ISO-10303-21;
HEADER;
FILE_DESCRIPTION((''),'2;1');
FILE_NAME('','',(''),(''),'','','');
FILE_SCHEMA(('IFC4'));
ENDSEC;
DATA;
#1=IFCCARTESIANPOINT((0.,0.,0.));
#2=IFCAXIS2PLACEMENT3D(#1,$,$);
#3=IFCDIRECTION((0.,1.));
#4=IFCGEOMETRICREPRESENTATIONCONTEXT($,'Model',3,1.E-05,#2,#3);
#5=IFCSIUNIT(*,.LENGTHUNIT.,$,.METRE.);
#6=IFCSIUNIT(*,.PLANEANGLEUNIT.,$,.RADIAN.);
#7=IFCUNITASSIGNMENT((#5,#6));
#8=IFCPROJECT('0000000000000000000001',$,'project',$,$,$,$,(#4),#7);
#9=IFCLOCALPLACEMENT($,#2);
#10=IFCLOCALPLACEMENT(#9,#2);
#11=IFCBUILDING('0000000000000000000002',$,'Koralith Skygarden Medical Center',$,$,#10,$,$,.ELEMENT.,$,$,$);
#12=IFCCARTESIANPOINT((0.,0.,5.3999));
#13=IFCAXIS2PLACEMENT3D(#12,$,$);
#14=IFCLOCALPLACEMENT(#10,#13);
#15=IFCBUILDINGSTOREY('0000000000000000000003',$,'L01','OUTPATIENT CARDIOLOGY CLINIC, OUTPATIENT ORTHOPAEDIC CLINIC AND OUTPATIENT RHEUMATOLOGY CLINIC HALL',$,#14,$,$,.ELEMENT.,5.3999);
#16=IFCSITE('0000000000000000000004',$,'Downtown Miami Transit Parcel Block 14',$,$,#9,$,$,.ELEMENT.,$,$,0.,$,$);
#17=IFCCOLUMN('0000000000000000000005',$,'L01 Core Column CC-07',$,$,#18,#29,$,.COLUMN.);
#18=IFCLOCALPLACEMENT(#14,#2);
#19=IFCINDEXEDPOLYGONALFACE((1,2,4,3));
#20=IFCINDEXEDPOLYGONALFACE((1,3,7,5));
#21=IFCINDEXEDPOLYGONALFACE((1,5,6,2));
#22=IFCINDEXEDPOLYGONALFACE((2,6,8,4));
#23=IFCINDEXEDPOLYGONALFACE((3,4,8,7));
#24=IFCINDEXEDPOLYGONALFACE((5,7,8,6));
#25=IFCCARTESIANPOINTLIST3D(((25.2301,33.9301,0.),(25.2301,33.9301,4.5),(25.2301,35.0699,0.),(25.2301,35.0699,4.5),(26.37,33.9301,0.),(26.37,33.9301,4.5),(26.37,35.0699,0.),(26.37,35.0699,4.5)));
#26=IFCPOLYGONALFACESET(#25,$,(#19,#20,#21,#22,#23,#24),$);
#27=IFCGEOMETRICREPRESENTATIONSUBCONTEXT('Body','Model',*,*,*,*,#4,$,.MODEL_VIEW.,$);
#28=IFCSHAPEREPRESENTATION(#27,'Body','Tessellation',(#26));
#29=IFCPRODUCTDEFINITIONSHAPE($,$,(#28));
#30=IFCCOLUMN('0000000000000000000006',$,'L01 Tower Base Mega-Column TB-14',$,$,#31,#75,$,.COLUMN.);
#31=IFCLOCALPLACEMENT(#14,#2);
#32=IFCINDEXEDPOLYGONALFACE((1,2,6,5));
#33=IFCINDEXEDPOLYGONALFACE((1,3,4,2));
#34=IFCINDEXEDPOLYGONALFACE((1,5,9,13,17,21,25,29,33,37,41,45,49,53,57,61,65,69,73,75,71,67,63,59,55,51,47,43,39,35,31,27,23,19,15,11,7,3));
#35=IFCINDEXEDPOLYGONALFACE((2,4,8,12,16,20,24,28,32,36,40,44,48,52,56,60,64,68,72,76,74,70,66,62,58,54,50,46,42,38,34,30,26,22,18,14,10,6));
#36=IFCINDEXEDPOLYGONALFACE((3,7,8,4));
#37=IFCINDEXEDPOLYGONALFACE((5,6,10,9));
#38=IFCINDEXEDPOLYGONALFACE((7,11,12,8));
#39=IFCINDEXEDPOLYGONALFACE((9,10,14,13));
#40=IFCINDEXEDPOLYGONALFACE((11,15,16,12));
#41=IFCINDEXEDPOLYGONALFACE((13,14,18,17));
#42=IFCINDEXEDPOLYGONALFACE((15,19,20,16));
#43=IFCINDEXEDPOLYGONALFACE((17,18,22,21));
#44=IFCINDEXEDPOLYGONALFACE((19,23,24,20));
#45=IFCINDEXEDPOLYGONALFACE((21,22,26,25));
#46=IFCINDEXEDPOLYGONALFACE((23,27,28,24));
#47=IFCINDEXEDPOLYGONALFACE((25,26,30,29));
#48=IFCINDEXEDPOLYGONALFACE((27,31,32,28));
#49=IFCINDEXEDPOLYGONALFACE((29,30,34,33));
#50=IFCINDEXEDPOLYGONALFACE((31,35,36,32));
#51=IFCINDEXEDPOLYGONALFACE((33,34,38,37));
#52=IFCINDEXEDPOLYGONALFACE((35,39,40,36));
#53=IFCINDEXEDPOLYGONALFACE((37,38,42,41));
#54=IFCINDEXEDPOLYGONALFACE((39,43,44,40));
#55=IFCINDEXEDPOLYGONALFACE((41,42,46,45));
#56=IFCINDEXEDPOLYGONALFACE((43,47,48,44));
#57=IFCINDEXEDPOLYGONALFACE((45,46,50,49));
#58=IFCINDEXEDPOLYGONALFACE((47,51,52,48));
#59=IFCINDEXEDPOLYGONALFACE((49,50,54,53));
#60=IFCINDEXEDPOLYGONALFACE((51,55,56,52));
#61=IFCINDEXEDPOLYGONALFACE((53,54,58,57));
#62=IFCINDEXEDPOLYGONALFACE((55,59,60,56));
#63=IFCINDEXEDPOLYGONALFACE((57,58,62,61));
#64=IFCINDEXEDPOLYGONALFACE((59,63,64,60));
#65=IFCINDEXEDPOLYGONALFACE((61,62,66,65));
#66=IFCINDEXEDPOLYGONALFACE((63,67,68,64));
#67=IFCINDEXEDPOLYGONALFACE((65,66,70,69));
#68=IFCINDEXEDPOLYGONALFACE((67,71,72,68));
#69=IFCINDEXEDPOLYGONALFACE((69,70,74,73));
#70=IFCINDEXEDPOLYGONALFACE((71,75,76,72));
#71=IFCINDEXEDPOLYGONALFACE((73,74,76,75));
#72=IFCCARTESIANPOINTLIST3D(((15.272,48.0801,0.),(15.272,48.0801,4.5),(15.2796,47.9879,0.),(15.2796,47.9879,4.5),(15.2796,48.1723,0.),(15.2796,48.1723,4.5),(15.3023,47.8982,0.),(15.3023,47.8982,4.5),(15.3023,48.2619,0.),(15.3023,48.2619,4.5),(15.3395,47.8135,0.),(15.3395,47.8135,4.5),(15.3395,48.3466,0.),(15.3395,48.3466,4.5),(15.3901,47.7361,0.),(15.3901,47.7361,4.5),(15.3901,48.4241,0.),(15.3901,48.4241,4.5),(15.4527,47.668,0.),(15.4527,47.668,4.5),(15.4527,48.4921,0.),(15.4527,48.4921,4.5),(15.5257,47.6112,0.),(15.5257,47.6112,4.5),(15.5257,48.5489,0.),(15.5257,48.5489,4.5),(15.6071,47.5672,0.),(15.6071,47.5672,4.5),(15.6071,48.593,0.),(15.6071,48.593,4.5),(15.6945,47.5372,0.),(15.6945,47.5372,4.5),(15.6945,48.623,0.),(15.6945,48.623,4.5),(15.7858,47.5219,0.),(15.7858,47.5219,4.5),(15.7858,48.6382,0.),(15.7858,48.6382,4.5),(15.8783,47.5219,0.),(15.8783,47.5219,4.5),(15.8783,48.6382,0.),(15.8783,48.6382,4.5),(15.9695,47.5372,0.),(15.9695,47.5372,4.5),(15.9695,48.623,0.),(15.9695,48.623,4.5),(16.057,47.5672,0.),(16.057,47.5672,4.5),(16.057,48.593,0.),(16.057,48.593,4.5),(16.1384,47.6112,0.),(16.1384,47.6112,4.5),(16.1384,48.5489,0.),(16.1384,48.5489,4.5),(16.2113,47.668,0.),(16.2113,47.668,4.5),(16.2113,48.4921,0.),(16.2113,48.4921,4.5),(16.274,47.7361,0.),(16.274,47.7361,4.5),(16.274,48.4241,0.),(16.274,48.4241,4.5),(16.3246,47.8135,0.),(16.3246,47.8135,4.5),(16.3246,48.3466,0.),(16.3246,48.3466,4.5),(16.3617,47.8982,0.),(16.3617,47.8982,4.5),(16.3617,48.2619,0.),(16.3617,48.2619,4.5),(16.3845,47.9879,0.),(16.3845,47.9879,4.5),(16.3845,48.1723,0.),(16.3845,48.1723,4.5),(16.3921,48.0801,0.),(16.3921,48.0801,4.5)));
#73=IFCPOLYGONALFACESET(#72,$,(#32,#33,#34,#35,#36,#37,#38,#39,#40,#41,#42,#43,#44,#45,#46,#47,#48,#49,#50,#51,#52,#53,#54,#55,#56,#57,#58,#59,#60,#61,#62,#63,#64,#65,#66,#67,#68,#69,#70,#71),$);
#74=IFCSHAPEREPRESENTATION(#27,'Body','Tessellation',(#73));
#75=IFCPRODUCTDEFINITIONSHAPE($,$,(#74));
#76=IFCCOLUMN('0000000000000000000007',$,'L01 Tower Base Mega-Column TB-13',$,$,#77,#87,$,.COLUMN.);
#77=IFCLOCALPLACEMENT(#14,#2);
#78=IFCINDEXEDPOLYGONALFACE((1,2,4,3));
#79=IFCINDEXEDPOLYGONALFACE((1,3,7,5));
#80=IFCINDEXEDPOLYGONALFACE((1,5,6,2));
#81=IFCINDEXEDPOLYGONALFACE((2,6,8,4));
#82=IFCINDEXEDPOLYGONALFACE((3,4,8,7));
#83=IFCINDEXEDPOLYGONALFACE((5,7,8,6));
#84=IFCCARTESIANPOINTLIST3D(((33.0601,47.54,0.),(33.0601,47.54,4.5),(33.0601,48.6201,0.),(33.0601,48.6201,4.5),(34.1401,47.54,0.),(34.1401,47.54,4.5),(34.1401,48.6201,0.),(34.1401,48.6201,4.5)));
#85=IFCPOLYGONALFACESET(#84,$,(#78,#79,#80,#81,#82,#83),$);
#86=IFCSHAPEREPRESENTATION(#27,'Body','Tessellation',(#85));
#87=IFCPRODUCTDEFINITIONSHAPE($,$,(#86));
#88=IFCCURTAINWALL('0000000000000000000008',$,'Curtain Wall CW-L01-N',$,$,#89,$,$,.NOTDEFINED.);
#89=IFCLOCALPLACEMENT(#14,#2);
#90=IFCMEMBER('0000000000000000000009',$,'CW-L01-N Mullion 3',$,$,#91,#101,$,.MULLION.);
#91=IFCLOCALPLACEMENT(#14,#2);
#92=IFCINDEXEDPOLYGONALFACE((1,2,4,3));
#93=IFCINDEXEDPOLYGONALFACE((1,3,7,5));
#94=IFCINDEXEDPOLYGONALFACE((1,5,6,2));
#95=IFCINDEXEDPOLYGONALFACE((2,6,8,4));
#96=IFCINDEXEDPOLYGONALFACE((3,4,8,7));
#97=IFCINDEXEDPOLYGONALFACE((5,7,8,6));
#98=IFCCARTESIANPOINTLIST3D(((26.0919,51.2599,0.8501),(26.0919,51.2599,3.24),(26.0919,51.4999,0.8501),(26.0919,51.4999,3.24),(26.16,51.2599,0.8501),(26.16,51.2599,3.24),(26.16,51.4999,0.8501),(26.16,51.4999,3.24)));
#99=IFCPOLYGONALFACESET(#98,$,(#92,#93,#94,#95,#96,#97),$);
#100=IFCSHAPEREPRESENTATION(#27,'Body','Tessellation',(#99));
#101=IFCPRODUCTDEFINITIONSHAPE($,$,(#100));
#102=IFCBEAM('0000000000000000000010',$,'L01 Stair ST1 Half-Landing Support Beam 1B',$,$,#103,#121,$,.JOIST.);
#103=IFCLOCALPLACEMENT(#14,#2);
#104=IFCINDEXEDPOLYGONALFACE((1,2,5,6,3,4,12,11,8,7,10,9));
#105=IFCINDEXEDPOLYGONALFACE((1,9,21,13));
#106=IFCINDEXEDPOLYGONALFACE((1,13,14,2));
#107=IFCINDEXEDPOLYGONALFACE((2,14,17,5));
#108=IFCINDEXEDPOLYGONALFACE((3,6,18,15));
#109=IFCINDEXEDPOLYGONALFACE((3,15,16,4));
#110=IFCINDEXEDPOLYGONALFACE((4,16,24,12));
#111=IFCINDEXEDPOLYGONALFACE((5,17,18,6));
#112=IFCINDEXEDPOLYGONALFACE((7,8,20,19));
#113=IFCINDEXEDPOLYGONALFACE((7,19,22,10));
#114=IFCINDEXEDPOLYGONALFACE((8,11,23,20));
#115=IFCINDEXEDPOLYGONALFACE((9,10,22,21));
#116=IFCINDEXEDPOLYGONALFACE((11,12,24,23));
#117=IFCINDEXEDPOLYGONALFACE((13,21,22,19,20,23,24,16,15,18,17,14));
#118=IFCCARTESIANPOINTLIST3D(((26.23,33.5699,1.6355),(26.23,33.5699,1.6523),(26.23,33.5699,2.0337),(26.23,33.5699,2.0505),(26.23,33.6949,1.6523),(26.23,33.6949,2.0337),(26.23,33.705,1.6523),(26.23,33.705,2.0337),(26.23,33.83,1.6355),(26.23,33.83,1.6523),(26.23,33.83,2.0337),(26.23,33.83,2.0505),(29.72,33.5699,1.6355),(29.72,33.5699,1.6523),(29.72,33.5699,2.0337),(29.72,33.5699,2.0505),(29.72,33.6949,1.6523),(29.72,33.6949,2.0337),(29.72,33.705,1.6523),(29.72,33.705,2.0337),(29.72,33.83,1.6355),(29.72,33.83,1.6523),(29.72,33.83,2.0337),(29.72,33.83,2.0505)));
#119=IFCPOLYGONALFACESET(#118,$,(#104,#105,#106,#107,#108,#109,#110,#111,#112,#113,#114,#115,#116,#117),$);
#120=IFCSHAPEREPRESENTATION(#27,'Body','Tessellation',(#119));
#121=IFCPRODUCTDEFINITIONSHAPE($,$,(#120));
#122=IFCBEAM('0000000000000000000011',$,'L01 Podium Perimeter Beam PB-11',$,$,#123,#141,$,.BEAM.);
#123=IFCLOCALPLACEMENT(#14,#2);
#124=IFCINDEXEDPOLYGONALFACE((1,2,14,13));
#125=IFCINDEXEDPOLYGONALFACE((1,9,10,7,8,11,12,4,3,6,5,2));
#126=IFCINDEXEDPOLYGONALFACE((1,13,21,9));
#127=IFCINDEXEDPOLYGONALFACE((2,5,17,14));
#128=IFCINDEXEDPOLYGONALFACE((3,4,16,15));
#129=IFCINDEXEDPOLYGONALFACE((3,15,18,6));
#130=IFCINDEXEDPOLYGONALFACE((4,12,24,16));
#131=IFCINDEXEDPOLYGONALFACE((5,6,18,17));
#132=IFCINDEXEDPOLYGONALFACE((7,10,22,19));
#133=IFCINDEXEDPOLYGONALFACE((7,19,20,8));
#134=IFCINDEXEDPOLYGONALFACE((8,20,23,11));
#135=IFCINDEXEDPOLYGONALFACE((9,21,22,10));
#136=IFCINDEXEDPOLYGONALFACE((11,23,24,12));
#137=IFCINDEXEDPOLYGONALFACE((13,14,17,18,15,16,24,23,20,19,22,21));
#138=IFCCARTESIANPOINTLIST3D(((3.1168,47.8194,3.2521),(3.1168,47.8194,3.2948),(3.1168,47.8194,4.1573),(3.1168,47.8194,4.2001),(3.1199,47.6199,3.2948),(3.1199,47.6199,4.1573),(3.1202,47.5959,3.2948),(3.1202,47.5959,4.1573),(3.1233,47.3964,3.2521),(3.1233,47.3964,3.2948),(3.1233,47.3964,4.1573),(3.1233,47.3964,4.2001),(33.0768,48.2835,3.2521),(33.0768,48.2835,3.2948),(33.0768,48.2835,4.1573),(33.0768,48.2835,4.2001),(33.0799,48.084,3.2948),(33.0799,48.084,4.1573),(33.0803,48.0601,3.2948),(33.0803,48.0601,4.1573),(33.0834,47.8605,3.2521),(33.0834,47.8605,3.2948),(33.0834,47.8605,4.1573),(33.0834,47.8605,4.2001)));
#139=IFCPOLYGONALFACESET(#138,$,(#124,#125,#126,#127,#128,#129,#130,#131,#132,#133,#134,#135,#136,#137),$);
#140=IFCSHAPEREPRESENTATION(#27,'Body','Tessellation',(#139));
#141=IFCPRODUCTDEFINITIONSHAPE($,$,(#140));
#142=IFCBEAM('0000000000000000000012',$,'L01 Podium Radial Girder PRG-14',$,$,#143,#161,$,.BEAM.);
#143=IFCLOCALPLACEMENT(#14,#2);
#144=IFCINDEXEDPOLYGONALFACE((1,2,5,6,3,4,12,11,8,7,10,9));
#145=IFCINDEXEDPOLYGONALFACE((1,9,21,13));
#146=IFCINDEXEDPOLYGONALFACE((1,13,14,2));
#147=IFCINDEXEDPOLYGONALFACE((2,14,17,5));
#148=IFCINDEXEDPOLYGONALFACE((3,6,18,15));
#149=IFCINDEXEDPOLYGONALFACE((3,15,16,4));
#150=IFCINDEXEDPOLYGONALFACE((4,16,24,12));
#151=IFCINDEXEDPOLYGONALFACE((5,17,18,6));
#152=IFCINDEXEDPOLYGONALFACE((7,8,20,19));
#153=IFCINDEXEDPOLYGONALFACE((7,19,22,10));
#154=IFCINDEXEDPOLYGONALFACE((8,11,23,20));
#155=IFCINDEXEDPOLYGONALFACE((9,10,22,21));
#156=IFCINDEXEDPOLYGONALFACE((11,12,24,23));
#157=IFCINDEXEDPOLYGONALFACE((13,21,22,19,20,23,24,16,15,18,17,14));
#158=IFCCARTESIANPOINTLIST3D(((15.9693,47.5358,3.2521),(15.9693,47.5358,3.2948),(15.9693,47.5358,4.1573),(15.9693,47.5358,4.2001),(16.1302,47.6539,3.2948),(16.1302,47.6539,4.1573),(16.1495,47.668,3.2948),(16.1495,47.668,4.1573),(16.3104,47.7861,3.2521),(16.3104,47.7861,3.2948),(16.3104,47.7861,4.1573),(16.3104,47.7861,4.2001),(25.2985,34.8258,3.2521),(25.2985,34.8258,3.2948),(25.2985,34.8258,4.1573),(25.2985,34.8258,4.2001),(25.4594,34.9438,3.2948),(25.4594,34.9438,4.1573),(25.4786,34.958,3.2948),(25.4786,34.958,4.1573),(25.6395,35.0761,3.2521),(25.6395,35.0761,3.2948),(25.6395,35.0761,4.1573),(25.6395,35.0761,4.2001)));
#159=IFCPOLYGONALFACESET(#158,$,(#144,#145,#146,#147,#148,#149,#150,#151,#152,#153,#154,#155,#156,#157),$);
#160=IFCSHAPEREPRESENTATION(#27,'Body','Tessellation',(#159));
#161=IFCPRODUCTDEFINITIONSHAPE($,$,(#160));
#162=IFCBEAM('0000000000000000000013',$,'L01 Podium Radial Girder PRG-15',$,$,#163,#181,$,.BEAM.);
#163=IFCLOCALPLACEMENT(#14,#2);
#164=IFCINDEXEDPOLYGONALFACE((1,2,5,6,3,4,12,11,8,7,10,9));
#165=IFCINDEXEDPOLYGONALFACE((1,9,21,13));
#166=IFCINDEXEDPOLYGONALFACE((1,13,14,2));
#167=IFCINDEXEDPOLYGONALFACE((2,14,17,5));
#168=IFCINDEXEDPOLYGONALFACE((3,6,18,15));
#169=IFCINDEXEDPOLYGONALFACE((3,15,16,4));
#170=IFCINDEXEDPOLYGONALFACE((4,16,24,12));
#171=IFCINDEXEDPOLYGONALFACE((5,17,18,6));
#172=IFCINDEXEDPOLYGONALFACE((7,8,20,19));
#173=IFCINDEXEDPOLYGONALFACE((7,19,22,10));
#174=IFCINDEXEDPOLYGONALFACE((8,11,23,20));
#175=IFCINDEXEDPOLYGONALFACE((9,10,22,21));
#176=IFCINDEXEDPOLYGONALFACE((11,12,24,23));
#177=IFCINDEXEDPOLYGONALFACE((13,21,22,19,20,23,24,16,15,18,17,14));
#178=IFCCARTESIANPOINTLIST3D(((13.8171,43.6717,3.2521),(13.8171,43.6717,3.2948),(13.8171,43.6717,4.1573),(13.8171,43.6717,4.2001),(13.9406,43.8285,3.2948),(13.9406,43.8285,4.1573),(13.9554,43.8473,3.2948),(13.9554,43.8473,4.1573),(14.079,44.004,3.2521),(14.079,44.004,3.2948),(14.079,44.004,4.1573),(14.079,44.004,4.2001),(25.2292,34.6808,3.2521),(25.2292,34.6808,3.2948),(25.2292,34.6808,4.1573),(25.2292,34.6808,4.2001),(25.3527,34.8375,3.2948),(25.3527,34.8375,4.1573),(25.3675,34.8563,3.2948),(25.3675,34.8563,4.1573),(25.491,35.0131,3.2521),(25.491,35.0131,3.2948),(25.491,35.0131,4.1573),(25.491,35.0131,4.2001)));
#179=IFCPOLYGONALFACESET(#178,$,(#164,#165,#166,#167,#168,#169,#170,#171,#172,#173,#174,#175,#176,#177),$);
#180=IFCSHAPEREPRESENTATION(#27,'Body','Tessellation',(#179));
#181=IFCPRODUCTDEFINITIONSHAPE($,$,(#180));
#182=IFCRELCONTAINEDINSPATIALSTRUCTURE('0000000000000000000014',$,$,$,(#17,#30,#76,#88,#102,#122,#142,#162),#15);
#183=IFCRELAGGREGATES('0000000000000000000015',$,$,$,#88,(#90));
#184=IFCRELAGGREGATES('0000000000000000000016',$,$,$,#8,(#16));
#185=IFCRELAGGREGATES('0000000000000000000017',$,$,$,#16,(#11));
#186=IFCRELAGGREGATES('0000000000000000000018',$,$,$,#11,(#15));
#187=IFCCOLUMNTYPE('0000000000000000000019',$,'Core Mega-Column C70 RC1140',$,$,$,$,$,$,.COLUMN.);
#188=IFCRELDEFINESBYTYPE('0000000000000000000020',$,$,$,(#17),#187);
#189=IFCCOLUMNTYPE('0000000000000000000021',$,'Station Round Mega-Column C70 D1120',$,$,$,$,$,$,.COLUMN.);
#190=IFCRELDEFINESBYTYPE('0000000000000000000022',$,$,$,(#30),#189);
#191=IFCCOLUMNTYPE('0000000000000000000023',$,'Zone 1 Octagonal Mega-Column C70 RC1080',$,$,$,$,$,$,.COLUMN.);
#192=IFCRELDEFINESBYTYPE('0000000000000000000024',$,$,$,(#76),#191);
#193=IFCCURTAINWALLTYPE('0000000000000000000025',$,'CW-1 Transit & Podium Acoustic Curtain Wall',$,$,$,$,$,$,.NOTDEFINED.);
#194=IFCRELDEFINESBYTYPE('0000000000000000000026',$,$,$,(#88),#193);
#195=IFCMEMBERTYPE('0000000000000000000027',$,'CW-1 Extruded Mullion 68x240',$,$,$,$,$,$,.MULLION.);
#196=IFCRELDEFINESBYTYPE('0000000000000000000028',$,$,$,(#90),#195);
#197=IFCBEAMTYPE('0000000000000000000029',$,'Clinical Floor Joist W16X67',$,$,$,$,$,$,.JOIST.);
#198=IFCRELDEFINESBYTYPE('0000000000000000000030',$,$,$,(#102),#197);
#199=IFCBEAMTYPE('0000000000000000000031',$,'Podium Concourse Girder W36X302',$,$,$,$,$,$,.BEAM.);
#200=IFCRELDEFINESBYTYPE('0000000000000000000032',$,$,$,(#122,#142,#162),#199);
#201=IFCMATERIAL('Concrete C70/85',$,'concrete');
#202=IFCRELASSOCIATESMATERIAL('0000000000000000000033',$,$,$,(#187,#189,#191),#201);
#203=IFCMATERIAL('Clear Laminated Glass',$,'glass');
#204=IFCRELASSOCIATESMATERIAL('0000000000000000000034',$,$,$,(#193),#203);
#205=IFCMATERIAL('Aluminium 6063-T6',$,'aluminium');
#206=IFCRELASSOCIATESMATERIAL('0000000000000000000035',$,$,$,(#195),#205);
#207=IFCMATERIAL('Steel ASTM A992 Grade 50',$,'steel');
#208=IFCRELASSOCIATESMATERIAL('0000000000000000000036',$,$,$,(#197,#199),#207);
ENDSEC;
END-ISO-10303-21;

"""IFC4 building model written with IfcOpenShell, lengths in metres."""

from ifc_helpers import new_model, si_unit, direction, frame, origin, origin_2d, place, context, subcontext, project, spatial, rectangle, circle, i_section, extrude, material, material_profile, profile_set, type_object, element, aggregate, save


model = new_model("IFC4")

# Units and contexts
model_context = context("Model", 3, precision=1e-05, world=origin(), true_north=direction((0.0, 1.0)))
body_context = subcontext(model_context, "Body", "Model", "MODEL_VIEW")
ifc_project = project(units=[si_unit("LENGTHUNIT", "METRE"), si_unit("PLANEANGLEUNIT", "RADIAN")], contexts=[model_context])

# Site, building, storey
site_placement = place(None, origin())
site = spatial("IfcSite", under=ifc_project, at=site_placement, Name="Downtown Miami Transit Parcel Block 14", CompositionType="ELEMENT", RefElevation=0.0)
building_placement = place(site_placement, origin())
building = spatial("IfcBuilding", under=site, at=building_placement, Name="Koralith Skygarden Medical Center", CompositionType="ELEMENT")
storey_placement = place(building_placement, frame((0.0, 0.0, 5.3999)))
storey = spatial("IfcBuildingStorey", under=building, at=storey_placement, Name="L01", Description="OUTPATIENT CARDIOLOGY CLINIC, OUTPATIENT ORTHOPAEDIC CLINIC AND OUTPATIENT RHEUMATOLOGY CLINIC HALL", CompositionType="ELEMENT", Elevation=5.3999)

# Columns
ifc_material_1 = material(Name="Concrete C70/85", Category="concrete")
ifc_material_profile_1 = material_profile(ifc_material_1, rectangle(XDim=1.1399, YDim=1.1399, at=origin_2d()), Name="RC1140X1140")
ifc_profile_set_1 = profile_set([ifc_material_profile_1], Name="Concrete C70/85")
column_type_1 = type_object("IfcColumnType", Name="Core Mega-Column C70 RC1140", PredefinedType="COLUMN", material=ifc_profile_set_1)
column_1_placement = place(storey_placement, frame((25.8, 34.5, 0.0), z_axis=(0.0, 0.0, 1.0), x_axis=(1.0, 0.0, 0.0)))
element("IfcColumn", 1, at=column_1_placement, inside=storey, type_object=column_type_1, Name="L01 Core Column CC-07", PredefinedType="COLUMN", context=body_context, shape_type="SweptSolid", body=[
    extrude(rectangle(XDim=1.1399, YDim=1.1399, at=origin_2d()), origin(), (0.0, 0.0, 1.0), 4.5),
])
ifc_material_profile_2 = material_profile(ifc_material_1, circle(Radius=0.5601, at=origin_2d()), Name="RCCOL1120")
ifc_profile_set_2 = profile_set([ifc_material_profile_2], Name="Concrete C70/85")
column_type_2 = type_object("IfcColumnType", Name="Station Round Mega-Column C70 D1120", PredefinedType="COLUMN", material=ifc_profile_set_2)
column_2_placement = place(storey_placement, frame((15.832, 48.0801, 0.0), z_axis=(0.0, 0.0, 1.0), x_axis=(1.0, 0.0, 0.0)))
element("IfcColumn", 2, at=column_2_placement, inside=storey, type_object=column_type_2, Name="L01 Tower Base Mega-Column TB-14", PredefinedType="COLUMN", context=body_context, shape_type="SweptSolid", body=[
    extrude(circle(Radius=0.5601, at=origin_2d()), origin(), (0.0, 0.0, 1.0), 4.5),
])
ifc_material_profile_3 = material_profile(ifc_material_1, rectangle(XDim=1.0801, YDim=1.0801, at=origin_2d()), Name="RC1080X1080")
ifc_profile_set_3 = profile_set([ifc_material_profile_3], Name="Concrete C70/85")
column_type_3 = type_object("IfcColumnType", Name="Zone 1 Octagonal Mega-Column C70 RC1080", PredefinedType="COLUMN", material=ifc_profile_set_3)
column_3_placement = place(storey_placement, frame((33.6001, 48.0801, 0.0), z_axis=(0.0, 0.0, 1.0), x_axis=(1.0, 0.0, 0.0)))
element("IfcColumn", 3, at=column_3_placement, inside=storey, type_object=column_type_3, Name="L01 Tower Base Mega-Column TB-13", PredefinedType="COLUMN", context=body_context, shape_type="SweptSolid", body=[
    extrude(rectangle(XDim=1.0801, YDim=1.0801, at=origin_2d()), origin(), (0.0, 0.0, 1.0), 4.5),
])

# Curtain wall, member
ifc_material_2 = material(Name="Clear Laminated Glass", Category="glass")
curtain_wall_type = type_object("IfcCurtainWallType", Name="CW-1 Transit & Podium Acoustic Curtain Wall", PredefinedType="NOTDEFINED", material=ifc_material_2)
curtain_wall_placement = place(storey_placement, origin())
curtain_wall = element("IfcCurtainWall", 4, at=curtain_wall_placement, inside=storey, type_object=curtain_wall_type, Name="Curtain Wall CW-L01-N", PredefinedType="NOTDEFINED")
ifc_material_3 = material(Name="Aluminium 6063-T6", Category="aluminium")
ifc_material_profile_4 = material_profile(ifc_material_3, rectangle(XDim=0.0681, YDim=0.24, at=origin_2d()), Name="MUL68X240")
ifc_profile_set_4 = profile_set([ifc_material_profile_4], Name="Aluminium 6063-T6")
member_type = type_object("IfcMemberType", Name="CW-1 Extruded Mullion 68x240", PredefinedType="MULLION", material=ifc_profile_set_4)
member_placement = place(storey_placement, frame((26.126, 51.3799, 0.8501), z_axis=(0.0, 0.0, 1.0), x_axis=(1.0, 0.0, 0.0)))
member = element("IfcMember", 5, at=member_placement, type_object=member_type, Name="CW-L01-N Mullion 3", PredefinedType="MULLION", context=body_context, shape_type="SweptSolid", body=[
    extrude(rectangle(XDim=0.0681, YDim=0.24, at=origin_2d()), origin(), (0.0, 0.0, 1.0), 2.3899),
])
aggregate(curtain_wall, [member])

# Beams
ifc_material_4 = material(Name="Steel ASTM A992 Grade 50", Category="steel")
ifc_material_profile_5 = material_profile(ifc_material_4, i_section(OverallWidth=0.26, OverallDepth=0.415, WebThickness=0.01, FlangeThickness=0.0168, at=origin_2d()), Name="W16X67")
ifc_profile_set_5 = profile_set([ifc_material_profile_5], Name="Steel ASTM A992 Grade 50")
beam_type_1 = type_object("IfcBeamType", Name="Clinical Floor Joist W16X67", PredefinedType="JOIST", material=ifc_profile_set_5)
beam_1_placement = place(storey_placement, frame((26.23, 33.7, 1.843), z_axis=(1.0, 0.0, 0.0), x_axis=(0.0, 1.0, 0.0)))
element("IfcBeam", 6, at=beam_1_placement, inside=storey, type_object=beam_type_1, Name="L01 Stair ST1 Half-Landing Support Beam 1B", PredefinedType="JOIST", context=body_context, shape_type="SweptSolid", body=[
    extrude(i_section(OverallWidth=0.26, OverallDepth=0.415, WebThickness=0.01, FlangeThickness=0.0168, at=origin_2d()), origin(), (0.0, 0.0, 1.0), 3.49),
])
ifc_material_profile_6 = material_profile(ifc_material_4, i_section(OverallWidth=0.4231, OverallDepth=0.948, WebThickness=0.0239, FlangeThickness=0.0427, at=origin_2d()), Name="W36X302")
ifc_profile_set_6 = profile_set([ifc_material_profile_6], Name="Steel ASTM A992 Grade 50")
beam_type_2 = type_object("IfcBeamType", Name="Podium Concourse Girder W36X302", PredefinedType="BEAM", material=ifc_profile_set_6)
beam_2_placement = place(storey_placement, frame((33.0801, 48.072, 3.7261), z_axis=(-0.99988, -0.015489, 0.0), x_axis=(0.015489, -0.99988, 0.0)))
element("IfcBeam", 7, at=beam_2_placement, inside=storey, type_object=beam_type_2, Name="L01 Podium Perimeter Beam PB-11", PredefinedType="BEAM", context=body_context, shape_type="SweptSolid", body=[
    extrude(i_section(OverallWidth=0.4231, OverallDepth=0.948, WebThickness=0.0239, FlangeThickness=0.0427, at=origin_2d()), origin(), (0.0, 0.0, 1.0), 29.9636),
])
beam_3_placement = place(storey_placement, frame((25.469, 34.9509, 3.7261), z_axis=(-0.591713, 0.806149, 0.0), x_axis=(-0.806149, -0.591713, 0.0)))
element("IfcBeam", 8, at=beam_3_placement, inside=storey, type_object=beam_type_2, Name="L01 Podium Radial Girder PRG-14", PredefinedType="BEAM", context=body_context, shape_type="SweptSolid", body=[
    extrude(i_section(OverallWidth=0.4231, OverallDepth=0.948, WebThickness=0.0239, FlangeThickness=0.0427, at=origin_2d()), origin(), (0.0, 0.0, 1.0), 15.7664),
])
beam_4_placement = place(storey_placement, frame((25.3601, 34.8469, 3.7261), z_axis=(-0.785505, 0.618856, 0.0), x_axis=(-0.618856, -0.785505, 0.0)))
element("IfcBeam", 9, at=beam_4_placement, inside=storey, type_object=beam_type_2, Name="L01 Podium Radial Girder PRG-15", PredefinedType="BEAM", context=body_context, shape_type="SweptSolid", body=[
    extrude(i_section(OverallWidth=0.4231, OverallDepth=0.948, WebThickness=0.0239, FlangeThickness=0.0427, at=origin_2d()), origin(), (0.0, 0.0, 1.0), 14.5283),
])

save(model, "model.ifc")
